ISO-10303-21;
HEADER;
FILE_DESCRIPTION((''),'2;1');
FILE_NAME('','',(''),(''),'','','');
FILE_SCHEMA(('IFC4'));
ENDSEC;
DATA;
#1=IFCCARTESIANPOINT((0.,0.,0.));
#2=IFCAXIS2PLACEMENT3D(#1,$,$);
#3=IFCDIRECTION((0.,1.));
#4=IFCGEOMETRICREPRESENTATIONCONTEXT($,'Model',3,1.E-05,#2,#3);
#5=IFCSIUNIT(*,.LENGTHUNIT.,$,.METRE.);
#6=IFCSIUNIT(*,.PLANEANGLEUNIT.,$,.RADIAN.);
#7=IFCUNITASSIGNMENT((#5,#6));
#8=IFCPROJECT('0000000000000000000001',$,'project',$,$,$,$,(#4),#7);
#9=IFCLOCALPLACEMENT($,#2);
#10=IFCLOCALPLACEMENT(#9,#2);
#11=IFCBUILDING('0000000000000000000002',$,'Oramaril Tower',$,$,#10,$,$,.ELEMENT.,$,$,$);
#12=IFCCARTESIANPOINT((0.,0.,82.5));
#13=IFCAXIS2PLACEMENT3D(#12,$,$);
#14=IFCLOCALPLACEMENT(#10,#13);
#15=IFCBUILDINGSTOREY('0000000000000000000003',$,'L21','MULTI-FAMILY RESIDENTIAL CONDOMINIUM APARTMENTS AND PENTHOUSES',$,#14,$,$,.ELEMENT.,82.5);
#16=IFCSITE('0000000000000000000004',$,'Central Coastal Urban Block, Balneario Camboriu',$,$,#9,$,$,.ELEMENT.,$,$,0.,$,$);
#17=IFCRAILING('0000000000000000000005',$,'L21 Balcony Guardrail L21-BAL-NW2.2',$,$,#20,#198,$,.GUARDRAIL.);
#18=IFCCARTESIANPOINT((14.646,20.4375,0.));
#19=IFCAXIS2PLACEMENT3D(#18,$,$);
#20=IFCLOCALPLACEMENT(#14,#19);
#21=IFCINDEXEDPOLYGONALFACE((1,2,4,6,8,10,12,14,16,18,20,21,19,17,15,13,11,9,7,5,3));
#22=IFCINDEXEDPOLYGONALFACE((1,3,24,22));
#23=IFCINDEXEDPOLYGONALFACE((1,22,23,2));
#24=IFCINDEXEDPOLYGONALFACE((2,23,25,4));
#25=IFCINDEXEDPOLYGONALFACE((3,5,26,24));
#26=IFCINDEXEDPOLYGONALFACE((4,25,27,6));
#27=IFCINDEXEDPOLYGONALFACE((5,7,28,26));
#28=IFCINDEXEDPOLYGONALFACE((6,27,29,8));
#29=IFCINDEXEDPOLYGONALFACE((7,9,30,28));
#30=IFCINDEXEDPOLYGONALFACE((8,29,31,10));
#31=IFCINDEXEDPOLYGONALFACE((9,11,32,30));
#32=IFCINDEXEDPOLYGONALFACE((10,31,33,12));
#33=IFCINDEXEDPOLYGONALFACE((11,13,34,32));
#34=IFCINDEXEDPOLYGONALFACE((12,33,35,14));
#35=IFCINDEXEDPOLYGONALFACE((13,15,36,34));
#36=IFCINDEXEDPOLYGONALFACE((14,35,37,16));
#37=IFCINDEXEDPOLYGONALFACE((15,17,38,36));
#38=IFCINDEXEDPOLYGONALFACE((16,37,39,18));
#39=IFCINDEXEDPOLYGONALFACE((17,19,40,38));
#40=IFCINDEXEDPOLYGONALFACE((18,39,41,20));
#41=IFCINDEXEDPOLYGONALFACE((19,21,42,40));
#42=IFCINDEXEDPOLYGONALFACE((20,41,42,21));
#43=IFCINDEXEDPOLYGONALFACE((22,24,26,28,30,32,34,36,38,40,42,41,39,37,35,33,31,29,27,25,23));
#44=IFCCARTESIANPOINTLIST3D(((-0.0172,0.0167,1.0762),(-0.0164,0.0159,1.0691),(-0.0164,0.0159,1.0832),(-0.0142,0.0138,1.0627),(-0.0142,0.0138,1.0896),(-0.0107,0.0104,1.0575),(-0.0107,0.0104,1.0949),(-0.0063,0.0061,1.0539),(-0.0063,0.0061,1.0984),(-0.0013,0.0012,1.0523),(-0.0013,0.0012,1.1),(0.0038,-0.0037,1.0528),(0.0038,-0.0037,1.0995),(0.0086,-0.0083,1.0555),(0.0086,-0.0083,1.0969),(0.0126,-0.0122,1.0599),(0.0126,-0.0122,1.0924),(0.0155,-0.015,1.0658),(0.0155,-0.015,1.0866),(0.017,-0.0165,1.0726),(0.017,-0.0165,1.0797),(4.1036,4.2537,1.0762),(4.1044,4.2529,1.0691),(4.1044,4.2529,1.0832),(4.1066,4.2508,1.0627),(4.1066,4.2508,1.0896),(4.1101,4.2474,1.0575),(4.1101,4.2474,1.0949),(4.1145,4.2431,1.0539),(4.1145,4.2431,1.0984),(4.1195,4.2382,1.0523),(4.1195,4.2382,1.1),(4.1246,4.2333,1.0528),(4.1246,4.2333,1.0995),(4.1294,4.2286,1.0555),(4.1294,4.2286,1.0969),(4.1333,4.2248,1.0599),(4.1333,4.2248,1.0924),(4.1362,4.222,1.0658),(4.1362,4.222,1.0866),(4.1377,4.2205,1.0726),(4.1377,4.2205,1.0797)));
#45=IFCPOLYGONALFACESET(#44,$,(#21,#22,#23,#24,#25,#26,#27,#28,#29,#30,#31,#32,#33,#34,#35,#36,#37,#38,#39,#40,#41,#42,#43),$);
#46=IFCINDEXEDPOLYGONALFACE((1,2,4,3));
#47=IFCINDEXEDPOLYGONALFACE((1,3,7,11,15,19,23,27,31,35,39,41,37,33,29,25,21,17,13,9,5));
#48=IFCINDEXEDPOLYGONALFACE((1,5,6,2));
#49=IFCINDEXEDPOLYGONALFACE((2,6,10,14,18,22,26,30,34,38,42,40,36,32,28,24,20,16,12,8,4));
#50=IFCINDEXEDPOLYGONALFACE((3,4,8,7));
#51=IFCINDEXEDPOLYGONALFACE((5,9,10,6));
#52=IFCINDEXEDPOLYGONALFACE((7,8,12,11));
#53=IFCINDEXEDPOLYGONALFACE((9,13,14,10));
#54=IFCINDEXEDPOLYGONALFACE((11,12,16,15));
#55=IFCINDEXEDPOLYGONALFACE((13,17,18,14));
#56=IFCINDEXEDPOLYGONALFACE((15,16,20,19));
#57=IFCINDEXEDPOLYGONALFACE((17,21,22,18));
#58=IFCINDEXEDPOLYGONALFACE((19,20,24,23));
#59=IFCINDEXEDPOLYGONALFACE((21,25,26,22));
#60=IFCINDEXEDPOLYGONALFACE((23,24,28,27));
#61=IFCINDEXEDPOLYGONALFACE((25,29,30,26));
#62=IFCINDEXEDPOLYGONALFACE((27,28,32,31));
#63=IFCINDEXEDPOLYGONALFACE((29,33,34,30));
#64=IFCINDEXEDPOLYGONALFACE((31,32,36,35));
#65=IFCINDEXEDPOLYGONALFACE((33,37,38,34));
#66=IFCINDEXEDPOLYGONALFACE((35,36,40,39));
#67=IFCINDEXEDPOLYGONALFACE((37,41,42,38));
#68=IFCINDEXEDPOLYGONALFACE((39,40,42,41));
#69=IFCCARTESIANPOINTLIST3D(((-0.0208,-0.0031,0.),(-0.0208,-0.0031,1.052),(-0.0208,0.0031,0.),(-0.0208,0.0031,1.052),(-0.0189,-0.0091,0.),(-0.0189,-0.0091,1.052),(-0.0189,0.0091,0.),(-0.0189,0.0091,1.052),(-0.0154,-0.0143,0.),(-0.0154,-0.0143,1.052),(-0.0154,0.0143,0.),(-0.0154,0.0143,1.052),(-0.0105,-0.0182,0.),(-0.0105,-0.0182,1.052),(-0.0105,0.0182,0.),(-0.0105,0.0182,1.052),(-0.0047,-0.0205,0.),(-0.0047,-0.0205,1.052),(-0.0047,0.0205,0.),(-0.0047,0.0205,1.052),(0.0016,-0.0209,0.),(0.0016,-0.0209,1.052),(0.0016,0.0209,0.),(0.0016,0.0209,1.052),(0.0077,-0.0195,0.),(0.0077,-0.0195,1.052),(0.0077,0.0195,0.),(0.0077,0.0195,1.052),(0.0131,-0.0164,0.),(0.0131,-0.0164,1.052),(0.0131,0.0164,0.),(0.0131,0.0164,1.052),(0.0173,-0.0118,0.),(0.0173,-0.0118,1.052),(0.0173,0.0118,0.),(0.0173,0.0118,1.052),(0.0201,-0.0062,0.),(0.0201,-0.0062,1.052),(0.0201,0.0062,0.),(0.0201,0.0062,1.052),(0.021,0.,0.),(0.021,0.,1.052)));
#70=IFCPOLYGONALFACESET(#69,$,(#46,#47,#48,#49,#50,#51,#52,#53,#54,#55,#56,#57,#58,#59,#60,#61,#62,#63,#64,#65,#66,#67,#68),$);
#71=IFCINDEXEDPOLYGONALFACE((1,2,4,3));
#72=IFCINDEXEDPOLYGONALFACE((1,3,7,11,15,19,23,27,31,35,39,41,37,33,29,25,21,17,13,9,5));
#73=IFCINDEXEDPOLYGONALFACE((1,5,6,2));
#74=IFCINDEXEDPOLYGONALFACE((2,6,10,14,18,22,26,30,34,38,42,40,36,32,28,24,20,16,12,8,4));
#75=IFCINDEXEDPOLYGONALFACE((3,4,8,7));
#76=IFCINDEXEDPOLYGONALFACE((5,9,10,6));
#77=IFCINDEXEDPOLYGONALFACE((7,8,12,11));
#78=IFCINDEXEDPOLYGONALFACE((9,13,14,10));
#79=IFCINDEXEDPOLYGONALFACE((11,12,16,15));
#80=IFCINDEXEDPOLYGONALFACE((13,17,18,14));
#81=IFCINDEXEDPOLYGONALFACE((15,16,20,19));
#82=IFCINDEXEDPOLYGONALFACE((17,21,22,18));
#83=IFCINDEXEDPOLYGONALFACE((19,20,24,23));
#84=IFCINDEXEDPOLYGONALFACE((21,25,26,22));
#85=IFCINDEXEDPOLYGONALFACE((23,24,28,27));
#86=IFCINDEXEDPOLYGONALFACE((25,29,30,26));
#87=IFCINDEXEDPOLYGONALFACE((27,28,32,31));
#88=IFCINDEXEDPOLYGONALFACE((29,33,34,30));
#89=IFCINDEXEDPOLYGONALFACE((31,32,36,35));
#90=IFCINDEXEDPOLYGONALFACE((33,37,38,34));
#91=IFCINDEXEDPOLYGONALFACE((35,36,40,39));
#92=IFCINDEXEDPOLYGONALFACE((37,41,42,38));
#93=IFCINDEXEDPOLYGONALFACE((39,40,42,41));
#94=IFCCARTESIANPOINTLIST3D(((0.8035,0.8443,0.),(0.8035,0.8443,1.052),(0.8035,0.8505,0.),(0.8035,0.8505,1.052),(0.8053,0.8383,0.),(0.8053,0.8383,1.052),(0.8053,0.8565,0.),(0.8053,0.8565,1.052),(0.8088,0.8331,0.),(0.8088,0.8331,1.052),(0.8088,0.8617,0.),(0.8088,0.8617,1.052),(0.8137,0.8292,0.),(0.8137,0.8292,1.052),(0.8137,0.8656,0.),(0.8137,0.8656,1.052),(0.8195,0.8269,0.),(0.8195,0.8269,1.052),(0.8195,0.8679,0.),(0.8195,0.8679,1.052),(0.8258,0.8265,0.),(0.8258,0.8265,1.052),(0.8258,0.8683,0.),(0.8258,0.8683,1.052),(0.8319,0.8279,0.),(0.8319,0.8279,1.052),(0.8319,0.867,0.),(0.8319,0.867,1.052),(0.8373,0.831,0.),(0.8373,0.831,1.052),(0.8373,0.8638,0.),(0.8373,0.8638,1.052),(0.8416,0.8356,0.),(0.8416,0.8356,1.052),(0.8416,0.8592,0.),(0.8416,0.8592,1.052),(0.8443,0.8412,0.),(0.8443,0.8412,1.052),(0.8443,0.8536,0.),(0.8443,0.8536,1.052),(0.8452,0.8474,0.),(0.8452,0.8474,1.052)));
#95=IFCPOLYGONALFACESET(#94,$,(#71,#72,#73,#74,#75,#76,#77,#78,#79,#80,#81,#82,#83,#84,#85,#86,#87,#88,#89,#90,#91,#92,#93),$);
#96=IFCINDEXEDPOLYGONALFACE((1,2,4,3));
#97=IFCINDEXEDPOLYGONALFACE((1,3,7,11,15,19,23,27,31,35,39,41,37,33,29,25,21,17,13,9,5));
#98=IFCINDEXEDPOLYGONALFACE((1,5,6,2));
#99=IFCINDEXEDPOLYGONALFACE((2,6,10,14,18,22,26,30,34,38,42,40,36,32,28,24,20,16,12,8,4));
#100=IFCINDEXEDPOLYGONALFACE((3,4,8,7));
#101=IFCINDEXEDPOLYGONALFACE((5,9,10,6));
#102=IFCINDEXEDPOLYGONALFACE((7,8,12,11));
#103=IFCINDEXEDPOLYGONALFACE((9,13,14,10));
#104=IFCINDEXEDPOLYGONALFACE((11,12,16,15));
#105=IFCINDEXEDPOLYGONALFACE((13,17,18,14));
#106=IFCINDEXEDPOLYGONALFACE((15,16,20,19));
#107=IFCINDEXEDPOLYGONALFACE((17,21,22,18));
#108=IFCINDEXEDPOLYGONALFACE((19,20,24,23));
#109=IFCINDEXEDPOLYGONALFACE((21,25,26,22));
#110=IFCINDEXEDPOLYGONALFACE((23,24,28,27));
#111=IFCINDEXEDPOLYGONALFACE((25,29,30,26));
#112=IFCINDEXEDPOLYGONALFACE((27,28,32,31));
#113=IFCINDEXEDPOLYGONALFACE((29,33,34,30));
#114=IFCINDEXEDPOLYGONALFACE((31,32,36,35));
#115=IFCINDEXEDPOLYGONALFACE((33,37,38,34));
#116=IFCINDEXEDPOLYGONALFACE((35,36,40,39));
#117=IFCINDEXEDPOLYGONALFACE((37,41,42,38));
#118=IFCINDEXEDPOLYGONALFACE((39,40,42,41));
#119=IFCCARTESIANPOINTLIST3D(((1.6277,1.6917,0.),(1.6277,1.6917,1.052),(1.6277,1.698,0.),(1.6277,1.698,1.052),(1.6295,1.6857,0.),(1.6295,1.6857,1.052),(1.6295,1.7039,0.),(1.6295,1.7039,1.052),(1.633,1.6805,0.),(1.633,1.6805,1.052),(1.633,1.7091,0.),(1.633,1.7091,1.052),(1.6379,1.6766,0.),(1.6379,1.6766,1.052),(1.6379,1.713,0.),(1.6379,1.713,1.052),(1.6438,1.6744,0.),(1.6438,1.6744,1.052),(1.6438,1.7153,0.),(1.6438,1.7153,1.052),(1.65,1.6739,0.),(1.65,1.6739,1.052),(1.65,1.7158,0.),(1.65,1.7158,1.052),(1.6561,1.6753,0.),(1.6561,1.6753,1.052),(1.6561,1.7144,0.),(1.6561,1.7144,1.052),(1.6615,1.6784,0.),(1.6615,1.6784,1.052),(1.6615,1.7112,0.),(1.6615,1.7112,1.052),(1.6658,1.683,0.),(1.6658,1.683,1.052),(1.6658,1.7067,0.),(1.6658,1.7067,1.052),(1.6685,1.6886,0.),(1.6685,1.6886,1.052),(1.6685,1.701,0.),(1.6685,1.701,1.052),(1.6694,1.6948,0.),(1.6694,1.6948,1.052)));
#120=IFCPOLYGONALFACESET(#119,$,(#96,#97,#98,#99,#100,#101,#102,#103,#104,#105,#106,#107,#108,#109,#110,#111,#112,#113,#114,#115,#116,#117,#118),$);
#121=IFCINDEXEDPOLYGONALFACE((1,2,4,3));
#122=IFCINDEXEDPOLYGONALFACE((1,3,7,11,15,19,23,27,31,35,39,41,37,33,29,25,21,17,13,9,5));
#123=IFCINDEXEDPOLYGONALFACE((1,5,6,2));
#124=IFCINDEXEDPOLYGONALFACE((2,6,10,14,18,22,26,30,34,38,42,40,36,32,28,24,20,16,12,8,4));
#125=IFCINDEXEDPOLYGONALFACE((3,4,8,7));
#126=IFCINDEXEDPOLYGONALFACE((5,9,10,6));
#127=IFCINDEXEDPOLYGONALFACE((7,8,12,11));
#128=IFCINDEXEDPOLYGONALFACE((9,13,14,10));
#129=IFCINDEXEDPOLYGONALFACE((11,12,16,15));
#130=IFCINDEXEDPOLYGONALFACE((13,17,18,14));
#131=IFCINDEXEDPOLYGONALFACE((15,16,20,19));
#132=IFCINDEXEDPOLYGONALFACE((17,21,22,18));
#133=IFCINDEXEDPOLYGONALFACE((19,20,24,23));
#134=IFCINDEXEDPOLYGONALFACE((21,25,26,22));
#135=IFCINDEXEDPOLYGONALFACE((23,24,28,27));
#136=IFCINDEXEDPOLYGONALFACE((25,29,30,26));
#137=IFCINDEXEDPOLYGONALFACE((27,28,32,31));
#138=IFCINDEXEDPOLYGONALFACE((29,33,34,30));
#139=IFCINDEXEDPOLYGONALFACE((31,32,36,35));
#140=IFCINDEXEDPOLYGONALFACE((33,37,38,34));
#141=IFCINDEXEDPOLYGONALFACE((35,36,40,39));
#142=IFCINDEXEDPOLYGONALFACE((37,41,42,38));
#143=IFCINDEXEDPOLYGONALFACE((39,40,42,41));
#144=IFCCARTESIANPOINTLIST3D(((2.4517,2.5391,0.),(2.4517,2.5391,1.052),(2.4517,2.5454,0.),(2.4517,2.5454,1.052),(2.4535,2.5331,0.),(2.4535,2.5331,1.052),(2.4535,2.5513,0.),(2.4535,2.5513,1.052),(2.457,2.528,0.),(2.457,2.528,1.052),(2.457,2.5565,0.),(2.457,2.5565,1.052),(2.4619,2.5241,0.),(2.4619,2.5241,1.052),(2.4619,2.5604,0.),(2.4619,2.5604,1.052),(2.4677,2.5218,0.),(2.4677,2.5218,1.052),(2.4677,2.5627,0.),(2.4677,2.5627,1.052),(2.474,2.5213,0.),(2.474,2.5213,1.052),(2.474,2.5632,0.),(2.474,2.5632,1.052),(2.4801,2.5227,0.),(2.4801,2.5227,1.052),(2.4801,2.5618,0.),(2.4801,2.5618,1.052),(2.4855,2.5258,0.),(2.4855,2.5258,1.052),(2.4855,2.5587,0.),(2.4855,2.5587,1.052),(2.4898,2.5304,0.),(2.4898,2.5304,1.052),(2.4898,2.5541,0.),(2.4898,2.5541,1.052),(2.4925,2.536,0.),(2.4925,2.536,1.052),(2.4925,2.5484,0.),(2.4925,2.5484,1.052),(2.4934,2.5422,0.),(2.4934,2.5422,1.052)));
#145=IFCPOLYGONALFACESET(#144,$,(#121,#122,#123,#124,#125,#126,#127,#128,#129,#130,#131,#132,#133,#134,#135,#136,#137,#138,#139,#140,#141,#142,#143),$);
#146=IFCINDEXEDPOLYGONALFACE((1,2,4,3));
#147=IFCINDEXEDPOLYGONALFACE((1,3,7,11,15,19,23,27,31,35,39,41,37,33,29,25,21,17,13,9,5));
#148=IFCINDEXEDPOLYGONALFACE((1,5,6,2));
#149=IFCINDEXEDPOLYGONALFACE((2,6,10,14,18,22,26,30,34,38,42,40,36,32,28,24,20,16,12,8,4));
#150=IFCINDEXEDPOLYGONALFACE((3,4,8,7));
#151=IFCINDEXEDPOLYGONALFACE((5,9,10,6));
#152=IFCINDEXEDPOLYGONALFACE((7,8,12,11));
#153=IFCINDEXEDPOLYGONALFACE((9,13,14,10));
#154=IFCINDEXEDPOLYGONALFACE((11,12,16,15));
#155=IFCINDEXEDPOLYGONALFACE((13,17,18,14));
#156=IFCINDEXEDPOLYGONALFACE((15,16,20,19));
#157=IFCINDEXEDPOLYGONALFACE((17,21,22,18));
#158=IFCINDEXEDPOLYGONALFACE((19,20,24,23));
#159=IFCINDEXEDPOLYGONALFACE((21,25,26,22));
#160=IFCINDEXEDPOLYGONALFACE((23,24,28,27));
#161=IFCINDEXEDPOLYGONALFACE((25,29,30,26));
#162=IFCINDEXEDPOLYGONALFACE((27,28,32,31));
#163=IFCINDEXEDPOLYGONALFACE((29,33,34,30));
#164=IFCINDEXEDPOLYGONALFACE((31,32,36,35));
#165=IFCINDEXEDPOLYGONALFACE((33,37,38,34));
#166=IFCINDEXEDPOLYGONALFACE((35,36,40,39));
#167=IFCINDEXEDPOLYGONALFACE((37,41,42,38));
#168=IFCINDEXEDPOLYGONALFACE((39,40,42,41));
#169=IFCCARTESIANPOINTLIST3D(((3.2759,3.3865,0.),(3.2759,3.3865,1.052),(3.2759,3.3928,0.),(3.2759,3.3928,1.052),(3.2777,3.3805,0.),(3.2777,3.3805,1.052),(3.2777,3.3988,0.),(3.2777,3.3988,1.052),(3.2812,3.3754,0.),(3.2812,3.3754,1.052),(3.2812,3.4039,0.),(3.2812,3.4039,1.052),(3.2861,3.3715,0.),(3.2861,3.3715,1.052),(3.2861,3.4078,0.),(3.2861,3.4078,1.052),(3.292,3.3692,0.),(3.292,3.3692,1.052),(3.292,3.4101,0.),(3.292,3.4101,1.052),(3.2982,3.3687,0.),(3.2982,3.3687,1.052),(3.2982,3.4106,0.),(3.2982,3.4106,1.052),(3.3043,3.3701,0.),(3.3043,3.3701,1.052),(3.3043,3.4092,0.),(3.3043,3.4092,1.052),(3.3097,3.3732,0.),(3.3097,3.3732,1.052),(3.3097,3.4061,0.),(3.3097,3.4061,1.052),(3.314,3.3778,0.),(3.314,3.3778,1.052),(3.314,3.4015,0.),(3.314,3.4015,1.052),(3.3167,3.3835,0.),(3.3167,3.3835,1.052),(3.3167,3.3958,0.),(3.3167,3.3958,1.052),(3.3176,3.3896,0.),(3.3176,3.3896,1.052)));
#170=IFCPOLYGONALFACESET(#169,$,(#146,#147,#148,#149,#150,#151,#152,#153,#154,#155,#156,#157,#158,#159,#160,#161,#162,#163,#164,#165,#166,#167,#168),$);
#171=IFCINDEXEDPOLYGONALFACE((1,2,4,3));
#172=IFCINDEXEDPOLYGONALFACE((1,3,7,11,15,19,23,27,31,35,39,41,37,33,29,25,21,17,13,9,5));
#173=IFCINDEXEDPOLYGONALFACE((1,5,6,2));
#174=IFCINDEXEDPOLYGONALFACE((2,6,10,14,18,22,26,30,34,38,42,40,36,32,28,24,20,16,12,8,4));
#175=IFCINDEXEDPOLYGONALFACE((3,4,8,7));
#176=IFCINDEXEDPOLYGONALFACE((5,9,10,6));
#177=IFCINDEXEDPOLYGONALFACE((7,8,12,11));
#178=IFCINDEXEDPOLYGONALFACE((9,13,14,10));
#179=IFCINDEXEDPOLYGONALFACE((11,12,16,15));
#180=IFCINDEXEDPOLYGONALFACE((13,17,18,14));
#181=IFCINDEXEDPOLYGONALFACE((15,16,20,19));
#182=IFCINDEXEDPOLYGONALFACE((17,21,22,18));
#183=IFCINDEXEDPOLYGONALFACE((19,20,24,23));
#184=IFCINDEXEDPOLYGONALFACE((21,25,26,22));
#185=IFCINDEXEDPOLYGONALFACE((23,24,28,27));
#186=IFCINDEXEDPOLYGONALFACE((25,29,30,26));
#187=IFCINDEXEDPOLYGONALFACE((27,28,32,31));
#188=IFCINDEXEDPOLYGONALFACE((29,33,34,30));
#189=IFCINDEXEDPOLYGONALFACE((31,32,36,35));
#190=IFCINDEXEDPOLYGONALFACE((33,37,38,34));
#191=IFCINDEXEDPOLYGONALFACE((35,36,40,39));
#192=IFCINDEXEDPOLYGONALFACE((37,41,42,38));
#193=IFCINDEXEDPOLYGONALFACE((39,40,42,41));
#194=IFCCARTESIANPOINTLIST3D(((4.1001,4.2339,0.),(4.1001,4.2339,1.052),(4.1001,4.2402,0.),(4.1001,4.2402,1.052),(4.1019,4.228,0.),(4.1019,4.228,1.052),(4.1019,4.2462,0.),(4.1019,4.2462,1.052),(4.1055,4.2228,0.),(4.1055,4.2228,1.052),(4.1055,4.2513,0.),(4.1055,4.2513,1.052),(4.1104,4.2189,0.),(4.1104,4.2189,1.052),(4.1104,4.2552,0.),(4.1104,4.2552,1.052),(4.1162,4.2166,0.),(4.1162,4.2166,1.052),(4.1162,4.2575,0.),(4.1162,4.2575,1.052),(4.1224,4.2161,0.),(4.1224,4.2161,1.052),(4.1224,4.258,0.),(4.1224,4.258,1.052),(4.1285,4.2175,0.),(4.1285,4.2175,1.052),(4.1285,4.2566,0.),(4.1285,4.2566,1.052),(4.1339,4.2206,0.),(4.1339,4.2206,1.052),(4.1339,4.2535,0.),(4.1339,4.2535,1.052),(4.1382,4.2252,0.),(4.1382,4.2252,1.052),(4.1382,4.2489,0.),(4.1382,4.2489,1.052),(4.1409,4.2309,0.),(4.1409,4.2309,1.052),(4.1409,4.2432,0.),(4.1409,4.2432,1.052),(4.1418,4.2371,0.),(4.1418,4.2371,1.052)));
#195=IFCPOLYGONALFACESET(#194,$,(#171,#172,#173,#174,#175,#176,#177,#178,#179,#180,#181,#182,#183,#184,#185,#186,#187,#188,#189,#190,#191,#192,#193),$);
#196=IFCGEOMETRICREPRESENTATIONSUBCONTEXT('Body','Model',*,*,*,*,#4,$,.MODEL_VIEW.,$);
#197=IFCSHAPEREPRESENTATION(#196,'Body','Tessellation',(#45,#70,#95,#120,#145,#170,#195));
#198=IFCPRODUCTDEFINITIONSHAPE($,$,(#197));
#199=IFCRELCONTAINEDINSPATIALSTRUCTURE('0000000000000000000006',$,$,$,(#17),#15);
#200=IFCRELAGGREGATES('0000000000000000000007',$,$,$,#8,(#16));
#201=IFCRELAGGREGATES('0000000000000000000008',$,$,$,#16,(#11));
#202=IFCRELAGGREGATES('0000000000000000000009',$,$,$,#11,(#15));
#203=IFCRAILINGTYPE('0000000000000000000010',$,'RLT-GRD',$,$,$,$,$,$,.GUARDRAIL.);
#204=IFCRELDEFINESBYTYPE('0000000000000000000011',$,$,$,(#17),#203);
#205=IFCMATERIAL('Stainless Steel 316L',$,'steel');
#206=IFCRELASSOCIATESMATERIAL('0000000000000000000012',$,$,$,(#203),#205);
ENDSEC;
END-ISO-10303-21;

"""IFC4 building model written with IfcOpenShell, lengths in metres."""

from ifc_helpers import new_model, si_unit, direction, frame, origin, origin_2d, place, context, subcontext, project, spatial, circle, extrude, material, type_object, element, save


model = new_model("IFC4")

# Units and contexts
model_context = context("Model", 3, precision=1e-05, world=origin(), true_north=direction((0.0, 1.0)))
body_context = subcontext(model_context, "Body", "Model", "MODEL_VIEW")
ifc_project = project(units=[si_unit("LENGTHUNIT", "METRE"), si_unit("PLANEANGLEUNIT", "RADIAN")], contexts=[model_context])

# Site, building, storey
site_placement = place(None, origin())
site = spatial("IfcSite", under=ifc_project, at=site_placement, Name="Central Coastal Urban Block, Balneario Camboriu", CompositionType="ELEMENT", RefElevation=0.0)
building_placement = place(site_placement, origin())
building = spatial("IfcBuilding", under=site, at=building_placement, Name="Oramaril Tower", CompositionType="ELEMENT")
storey_placement = place(building_placement, frame((0.0, 0.0, 82.5)))
storey = spatial("IfcBuildingStorey", under=building, at=storey_placement, Name="L21", Description="MULTI-FAMILY RESIDENTIAL CONDOMINIUM APARTMENTS AND PENTHOUSES", CompositionType="ELEMENT", Elevation=82.5)

# Railing
ifc_material_1 = material(Name="Stainless Steel 316L", Category="steel")
railing_type = type_object("IfcRailingType", Name="RLT-GRD", PredefinedType="GUARDRAIL", material=ifc_material_1)
railing_1_placement = place(storey_placement, frame((14.646, 20.4375, 0.0)))
element("IfcRailing", 1, at=railing_1_placement, inside=storey, type_object=railing_type, Name="L21 Balcony Guardrail L21-BAL-NW2.2", PredefinedType="GUARDRAIL", context=body_context, shape_type="SweptSolid", body=[
    extrude(circle(Radius=0.0239, at=origin_2d()), frame((0.0, 0.0, 1.0762), z_axis=(0.697208, 0.716869, 0.0), x_axis=(-0.716869, 0.697208, 0.0)), (0.0, 0.0, 1.0), 5.9104),
    extrude(circle(Radius=0.021, at=origin_2d()), origin(), (0.0, 0.0, 1.0), 1.052),
    extrude(circle(Radius=0.021, at=origin_2d()), frame((0.8242, 0.8474, 0.0)), (0.0, 0.0, 1.0), 1.052),
    extrude(circle(Radius=0.021, at=origin_2d()), frame((1.6484, 1.6948, 0.0)), (0.0, 0.0, 1.0), 1.052),
    extrude(circle(Radius=0.021, at=origin_2d()), frame((2.4724, 2.5422, 0.0)), (0.0, 0.0, 1.0), 1.052),
    extrude(circle(Radius=0.021, at=origin_2d()), frame((3.2966, 3.3896, 0.0)), (0.0, 0.0, 1.0), 1.052),
    extrude(circle(Radius=0.021, at=origin_2d()), frame((4.1208, 4.2371, 0.0)), (0.0, 0.0, 1.0), 1.052),
])

save(model, "model.ifc")
